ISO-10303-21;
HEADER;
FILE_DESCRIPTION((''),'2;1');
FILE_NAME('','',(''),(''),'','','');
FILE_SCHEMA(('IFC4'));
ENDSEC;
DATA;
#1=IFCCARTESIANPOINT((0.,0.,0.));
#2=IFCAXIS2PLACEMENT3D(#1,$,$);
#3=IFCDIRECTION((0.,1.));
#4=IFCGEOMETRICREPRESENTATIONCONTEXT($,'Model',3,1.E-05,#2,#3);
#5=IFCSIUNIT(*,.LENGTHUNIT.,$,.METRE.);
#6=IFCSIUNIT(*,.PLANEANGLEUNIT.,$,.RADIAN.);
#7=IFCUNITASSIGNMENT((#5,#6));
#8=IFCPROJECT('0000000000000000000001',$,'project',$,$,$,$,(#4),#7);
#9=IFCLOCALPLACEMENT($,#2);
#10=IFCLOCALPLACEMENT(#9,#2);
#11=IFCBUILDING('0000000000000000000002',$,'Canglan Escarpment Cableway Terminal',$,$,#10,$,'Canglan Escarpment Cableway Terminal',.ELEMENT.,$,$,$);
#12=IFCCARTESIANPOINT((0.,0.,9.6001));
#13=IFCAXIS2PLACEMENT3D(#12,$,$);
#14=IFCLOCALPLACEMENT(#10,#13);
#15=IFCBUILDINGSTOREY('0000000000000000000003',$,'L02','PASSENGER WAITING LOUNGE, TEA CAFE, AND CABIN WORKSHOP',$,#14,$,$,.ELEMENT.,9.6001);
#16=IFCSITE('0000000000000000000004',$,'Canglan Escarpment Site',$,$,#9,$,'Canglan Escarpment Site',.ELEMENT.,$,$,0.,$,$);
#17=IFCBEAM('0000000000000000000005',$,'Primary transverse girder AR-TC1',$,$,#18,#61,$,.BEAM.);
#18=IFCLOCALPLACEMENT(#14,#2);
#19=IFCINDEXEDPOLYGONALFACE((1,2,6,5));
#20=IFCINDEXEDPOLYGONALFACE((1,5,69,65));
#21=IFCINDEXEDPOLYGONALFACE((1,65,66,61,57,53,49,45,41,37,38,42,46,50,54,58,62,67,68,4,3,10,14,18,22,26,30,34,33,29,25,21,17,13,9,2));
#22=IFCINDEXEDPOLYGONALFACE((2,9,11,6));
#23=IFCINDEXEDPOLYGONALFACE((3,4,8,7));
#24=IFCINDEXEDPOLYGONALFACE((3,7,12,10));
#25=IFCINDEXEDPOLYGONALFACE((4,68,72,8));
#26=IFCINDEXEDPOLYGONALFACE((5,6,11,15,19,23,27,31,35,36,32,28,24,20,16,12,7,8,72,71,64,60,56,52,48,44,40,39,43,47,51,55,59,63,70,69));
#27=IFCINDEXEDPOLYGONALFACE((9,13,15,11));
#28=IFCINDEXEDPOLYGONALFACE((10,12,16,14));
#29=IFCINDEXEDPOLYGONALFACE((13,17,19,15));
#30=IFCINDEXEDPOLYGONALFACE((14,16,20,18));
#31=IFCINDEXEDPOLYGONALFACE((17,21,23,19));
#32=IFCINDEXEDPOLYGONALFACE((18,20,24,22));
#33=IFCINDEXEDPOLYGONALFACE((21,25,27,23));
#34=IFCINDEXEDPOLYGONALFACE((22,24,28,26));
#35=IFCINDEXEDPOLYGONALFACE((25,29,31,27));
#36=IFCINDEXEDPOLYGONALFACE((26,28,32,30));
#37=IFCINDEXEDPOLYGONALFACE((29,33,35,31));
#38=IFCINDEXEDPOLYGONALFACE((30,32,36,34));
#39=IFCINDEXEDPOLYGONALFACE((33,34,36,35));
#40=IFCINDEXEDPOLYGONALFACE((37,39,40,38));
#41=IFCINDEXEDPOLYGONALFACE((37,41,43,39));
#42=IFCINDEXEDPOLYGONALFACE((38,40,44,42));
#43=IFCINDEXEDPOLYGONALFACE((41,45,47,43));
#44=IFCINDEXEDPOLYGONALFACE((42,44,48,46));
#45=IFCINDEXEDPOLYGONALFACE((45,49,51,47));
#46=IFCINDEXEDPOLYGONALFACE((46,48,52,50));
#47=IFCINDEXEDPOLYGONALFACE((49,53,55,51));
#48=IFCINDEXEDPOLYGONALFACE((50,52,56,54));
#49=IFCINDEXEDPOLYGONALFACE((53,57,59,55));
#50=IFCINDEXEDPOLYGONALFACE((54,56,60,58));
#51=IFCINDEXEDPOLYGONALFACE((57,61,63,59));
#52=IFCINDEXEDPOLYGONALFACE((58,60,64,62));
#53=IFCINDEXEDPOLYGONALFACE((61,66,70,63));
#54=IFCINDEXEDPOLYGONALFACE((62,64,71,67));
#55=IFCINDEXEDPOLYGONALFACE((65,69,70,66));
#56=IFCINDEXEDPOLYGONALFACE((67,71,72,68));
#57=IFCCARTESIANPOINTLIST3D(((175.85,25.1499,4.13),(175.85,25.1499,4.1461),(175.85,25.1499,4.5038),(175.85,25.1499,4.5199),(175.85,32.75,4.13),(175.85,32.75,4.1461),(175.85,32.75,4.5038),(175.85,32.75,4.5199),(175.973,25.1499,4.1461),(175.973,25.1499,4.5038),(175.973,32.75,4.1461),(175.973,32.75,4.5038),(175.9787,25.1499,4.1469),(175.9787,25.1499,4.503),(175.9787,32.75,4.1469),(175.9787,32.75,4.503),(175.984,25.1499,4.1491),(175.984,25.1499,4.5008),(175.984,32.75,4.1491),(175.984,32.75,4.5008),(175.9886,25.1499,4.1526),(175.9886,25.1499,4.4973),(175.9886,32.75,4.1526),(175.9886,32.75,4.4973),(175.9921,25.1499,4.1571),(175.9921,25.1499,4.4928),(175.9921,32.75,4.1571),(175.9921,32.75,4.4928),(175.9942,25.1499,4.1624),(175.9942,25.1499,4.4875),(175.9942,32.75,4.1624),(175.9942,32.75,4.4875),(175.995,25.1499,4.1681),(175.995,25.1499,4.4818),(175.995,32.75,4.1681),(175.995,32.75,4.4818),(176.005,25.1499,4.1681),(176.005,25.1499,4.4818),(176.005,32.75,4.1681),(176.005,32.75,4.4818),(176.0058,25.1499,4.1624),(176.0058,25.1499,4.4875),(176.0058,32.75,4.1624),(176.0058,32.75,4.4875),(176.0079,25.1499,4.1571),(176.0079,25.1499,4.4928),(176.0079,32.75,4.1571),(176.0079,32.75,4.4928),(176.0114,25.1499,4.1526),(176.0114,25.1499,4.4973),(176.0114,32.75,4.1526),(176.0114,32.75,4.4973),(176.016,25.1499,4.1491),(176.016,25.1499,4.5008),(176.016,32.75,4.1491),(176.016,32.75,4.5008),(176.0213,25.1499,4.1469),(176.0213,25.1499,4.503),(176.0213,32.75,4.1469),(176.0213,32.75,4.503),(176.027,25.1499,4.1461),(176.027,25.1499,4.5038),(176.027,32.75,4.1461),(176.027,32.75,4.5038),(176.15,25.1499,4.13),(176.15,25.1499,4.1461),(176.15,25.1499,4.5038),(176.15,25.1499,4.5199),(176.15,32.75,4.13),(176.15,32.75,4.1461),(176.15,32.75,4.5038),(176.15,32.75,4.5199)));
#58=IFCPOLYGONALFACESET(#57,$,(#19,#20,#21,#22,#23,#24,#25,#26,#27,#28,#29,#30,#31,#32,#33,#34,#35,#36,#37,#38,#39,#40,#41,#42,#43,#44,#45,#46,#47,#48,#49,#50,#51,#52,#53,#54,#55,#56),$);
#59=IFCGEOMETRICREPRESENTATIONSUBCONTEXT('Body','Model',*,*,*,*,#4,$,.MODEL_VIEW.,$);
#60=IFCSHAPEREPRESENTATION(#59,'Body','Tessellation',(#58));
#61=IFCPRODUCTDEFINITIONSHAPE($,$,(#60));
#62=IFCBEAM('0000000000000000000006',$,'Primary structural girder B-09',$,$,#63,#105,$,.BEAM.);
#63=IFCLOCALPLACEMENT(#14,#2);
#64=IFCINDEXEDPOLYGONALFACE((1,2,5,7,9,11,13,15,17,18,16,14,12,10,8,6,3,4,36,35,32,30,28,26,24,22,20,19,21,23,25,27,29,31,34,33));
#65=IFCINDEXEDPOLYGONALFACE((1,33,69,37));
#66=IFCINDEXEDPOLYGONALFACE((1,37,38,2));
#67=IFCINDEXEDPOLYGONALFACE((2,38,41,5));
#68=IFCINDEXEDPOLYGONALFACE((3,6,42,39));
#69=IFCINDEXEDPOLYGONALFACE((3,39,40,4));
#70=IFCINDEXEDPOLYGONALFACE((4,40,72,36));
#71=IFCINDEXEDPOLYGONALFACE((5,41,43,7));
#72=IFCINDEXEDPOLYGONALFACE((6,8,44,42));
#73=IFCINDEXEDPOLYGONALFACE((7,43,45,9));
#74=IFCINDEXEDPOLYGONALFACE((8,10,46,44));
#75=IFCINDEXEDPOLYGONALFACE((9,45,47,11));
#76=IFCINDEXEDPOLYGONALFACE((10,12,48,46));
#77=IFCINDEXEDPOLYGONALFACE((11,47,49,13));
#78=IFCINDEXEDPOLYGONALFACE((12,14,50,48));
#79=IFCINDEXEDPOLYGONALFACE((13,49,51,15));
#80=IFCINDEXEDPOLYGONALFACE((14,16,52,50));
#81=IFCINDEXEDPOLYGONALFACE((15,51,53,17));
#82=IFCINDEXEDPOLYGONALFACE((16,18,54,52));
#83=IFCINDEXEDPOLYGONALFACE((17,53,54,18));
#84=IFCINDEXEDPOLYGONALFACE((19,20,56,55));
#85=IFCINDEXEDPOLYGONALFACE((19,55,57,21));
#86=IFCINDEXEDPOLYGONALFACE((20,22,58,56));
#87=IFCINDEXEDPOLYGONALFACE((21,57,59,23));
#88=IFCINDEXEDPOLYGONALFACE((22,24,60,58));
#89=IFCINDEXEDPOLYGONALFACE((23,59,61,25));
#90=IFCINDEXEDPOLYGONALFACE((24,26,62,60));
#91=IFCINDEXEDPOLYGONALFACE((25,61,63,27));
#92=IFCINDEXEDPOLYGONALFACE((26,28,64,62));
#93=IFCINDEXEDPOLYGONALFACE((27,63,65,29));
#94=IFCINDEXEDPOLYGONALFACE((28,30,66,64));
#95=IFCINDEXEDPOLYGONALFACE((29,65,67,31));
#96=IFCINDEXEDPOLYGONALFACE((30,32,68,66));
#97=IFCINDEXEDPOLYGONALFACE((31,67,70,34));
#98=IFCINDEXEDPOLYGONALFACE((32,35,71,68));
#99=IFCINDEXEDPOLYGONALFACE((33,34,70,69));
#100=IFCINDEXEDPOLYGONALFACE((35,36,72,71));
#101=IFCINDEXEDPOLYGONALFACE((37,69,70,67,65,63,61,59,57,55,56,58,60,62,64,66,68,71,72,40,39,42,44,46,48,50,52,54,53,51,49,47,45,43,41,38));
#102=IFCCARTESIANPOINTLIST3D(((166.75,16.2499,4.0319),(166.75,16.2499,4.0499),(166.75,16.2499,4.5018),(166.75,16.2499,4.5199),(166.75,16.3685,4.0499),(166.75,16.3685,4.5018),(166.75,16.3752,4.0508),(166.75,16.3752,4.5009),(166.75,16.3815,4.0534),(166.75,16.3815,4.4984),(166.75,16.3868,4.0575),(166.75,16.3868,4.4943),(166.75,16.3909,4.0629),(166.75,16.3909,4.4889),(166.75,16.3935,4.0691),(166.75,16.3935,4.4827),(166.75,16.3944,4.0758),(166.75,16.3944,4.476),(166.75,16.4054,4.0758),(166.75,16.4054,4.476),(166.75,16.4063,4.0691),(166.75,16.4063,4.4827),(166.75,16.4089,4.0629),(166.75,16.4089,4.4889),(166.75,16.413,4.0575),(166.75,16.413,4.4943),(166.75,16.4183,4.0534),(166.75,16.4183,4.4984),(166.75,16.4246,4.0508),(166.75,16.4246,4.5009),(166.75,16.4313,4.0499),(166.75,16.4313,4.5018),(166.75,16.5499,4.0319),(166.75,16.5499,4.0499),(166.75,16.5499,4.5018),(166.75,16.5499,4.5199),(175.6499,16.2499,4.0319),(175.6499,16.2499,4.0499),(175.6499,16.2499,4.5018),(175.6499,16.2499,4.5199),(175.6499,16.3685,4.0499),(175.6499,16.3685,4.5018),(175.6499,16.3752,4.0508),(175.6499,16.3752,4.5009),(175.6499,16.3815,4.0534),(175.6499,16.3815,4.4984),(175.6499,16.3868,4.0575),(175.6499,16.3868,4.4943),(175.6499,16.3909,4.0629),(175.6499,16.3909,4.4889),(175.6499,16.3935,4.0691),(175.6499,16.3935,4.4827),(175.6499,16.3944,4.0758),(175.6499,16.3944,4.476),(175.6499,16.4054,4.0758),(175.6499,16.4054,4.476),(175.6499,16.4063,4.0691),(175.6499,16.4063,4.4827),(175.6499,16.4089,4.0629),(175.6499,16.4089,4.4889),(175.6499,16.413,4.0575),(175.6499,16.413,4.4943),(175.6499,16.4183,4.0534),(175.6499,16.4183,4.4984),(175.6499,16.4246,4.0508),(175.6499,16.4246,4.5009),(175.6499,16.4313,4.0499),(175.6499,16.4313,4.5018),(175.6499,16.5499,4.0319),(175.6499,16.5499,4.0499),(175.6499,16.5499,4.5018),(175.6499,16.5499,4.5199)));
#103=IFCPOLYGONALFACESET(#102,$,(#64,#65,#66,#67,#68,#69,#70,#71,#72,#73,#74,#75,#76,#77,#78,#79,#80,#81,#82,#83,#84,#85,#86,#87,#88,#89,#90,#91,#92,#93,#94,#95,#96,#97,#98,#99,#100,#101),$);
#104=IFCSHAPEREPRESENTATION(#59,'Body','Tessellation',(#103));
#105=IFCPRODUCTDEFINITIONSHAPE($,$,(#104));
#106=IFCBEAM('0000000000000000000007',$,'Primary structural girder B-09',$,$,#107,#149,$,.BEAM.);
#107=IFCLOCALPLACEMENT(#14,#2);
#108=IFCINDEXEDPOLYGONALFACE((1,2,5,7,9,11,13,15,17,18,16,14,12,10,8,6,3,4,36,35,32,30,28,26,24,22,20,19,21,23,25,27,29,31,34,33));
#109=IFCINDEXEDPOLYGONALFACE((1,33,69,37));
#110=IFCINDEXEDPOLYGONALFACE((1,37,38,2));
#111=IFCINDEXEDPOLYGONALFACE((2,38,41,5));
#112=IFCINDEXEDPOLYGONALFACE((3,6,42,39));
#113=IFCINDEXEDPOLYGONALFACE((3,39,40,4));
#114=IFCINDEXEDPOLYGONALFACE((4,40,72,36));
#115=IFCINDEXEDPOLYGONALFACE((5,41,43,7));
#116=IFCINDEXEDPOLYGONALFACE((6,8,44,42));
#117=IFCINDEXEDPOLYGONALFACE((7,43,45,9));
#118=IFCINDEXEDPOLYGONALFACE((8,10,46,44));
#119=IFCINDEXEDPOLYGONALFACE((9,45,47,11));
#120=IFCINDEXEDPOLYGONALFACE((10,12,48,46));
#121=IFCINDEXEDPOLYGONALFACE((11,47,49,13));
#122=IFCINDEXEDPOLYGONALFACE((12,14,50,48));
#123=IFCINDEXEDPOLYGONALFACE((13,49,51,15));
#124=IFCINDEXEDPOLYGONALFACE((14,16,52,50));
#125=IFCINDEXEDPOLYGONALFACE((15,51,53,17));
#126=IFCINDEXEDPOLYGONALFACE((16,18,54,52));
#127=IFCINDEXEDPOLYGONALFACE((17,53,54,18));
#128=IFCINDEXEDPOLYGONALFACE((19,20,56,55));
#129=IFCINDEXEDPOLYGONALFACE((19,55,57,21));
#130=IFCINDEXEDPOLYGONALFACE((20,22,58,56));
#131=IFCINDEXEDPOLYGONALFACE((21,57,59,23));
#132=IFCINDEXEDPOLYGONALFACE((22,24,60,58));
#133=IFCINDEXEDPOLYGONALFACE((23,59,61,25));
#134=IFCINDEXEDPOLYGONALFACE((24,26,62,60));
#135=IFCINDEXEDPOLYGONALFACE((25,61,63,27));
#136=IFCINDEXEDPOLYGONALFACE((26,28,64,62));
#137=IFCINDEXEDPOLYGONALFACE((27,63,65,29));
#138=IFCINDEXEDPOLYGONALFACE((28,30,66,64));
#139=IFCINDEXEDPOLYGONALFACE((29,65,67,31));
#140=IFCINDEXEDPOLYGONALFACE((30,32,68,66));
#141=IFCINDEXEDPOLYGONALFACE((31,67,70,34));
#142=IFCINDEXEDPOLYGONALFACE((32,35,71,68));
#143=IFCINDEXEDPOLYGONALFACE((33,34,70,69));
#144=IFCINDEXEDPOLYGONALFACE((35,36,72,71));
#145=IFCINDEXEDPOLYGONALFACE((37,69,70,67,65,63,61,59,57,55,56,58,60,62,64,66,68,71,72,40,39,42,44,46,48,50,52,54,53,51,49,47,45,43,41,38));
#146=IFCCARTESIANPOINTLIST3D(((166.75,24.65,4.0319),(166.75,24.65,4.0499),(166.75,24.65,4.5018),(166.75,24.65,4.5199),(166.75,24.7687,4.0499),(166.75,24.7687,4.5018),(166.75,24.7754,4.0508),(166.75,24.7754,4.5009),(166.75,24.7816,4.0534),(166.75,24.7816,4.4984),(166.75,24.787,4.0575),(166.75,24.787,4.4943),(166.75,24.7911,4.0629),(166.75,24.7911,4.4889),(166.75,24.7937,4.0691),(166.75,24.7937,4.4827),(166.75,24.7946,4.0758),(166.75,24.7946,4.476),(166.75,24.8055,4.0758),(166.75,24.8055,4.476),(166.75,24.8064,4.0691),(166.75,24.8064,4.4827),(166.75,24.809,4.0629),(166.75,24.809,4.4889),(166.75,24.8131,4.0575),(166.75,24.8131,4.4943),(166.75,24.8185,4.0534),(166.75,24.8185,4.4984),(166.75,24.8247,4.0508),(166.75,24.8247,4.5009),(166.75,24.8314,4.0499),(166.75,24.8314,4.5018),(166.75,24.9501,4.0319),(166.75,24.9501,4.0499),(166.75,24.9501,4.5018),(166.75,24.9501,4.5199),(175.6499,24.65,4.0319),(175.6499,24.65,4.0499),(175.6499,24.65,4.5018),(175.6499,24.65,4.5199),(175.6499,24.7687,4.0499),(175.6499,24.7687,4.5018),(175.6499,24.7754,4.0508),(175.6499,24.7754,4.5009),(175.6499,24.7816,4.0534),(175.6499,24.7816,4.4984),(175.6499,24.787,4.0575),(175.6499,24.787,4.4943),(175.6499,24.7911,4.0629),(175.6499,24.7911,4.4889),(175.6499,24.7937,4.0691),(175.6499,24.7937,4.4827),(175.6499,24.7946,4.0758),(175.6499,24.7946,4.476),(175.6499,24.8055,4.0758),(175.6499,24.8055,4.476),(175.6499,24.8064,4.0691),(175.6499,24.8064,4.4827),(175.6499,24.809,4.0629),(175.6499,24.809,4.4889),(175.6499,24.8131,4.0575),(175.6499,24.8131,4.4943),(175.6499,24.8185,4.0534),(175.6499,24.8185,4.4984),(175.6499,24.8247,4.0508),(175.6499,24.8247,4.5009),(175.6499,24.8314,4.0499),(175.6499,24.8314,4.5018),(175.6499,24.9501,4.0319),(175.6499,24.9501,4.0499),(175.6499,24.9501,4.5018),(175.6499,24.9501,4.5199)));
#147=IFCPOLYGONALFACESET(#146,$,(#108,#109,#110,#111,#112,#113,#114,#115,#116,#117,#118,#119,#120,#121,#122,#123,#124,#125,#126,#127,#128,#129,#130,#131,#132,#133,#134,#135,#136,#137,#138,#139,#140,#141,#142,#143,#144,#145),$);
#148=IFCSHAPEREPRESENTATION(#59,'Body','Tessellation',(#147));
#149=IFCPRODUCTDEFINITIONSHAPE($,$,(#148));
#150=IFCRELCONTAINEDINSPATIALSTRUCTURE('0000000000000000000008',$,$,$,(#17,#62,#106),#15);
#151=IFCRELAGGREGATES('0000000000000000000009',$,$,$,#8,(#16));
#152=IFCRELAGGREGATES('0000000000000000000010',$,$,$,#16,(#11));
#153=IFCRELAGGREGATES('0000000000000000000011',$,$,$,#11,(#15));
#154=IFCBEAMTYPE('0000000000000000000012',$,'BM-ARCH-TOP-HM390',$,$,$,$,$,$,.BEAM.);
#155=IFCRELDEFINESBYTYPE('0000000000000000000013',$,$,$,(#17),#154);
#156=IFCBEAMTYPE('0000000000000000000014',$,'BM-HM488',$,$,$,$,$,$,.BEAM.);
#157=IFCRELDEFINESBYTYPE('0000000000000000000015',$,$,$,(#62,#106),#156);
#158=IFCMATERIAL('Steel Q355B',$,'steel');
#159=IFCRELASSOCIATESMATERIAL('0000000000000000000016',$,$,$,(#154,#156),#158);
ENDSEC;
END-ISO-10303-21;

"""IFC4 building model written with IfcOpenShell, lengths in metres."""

from ifc_helpers import new_model, si_unit, direction, frame, origin, origin_2d, place, context, subcontext, project, spatial, i_section, extrude, material, material_profile, profile_set, type_object, element, save


model = new_model("IFC4")

# Units and contexts
model_context = context("Model", 3, precision=1e-05, world=origin(), true_north=direction((0.0, 1.0)))
body_context = subcontext(model_context, "Body", "Model", "MODEL_VIEW")
ifc_project = project(units=[si_unit("LENGTHUNIT", "METRE"), si_unit("PLANEANGLEUNIT", "RADIAN")], contexts=[model_context])

# Site, building, storey
site_placement = place(None, origin())
site = spatial("IfcSite", under=ifc_project, at=site_placement, Name="Canglan Escarpment Site", LongName="Canglan Escarpment Site", CompositionType="ELEMENT", RefElevation=0.0)
building_placement = place(site_placement, origin())
building = spatial("IfcBuilding", under=site, at=building_placement, Name="Canglan Escarpment Cableway Terminal", LongName="Canglan Escarpment Cableway Terminal", CompositionType="ELEMENT")
storey_placement = place(building_placement, frame((0.0, 0.0, 9.6001)))
storey = spatial("IfcBuildingStorey", under=building, at=storey_placement, Name="L02", Description="PASSENGER WAITING LOUNGE, TEA CAFE, AND CABIN WORKSHOP", CompositionType="ELEMENT", Elevation=9.6001)

# Beams
ifc_material_1 = material(Name="Steel Q355B", Category="steel")
ifc_material_profile_1 = material_profile(ifc_material_1, i_section(OverallWidth=0.3, OverallDepth=0.3899, WebThickness=0.01, FlangeThickness=0.0161, FilletRadius=0.022, at=origin_2d()), Name="HM 390x300x10x16")
ifc_profile_set_1 = profile_set([ifc_material_profile_1], Name="Steel Q355B")
beam_type_1 = type_object("IfcBeamType", Name="BM-ARCH-TOP-HM390", PredefinedType="BEAM", material=ifc_profile_set_1)
beam_1_placement = place(storey_placement, frame((176.0, 25.1499, 4.325), z_axis=(0.0, 1.0, 0.0), x_axis=(-1.0, 0.0, 0.0)))
element("IfcBeam", 1, at=beam_1_placement, inside=storey, type_object=beam_type_1, Name="Primary transverse girder AR-TC1", PredefinedType="BEAM", context=body_context, shape_type="SweptSolid", body=[
    extrude(i_section(OverallWidth=0.3, OverallDepth=0.3899, WebThickness=0.01, FlangeThickness=0.0161, FilletRadius=0.022, at=origin_2d()), origin(), (0.0, 0.0, 1.0), 7.6001),
])
ifc_material_profile_2 = material_profile(ifc_material_1, i_section(OverallWidth=0.3, OverallDepth=0.488, WebThickness=0.011, FlangeThickness=0.0181, FilletRadius=0.0259, at=origin_2d()), Name="HM 488x300x11x18")
ifc_profile_set_2 = profile_set([ifc_material_profile_2], Name="Steel Q355B")
beam_type_2 = type_object("IfcBeamType", Name="BM-HM488", PredefinedType="BEAM", material=ifc_profile_set_2)
for number, where, z_axis, x_axis, name in (
    (2, (166.75, 16.3999, 4.2759), (1.0, 0.0, 0.0), (0.0, 1.0, 0.0), "Primary structural girder B-09"),
    (3, (166.75, 24.8, 4.2759), (1.0, 0.0, 0.0), (0.0, 1.0, 0.0), "Primary structural girder B-09"),
):
    element("IfcBeam", number, at=place(storey_placement, frame(where, z_axis=z_axis, x_axis=x_axis)), inside=storey, type_object=beam_type_2, Name=name, PredefinedType="BEAM", context=body_context, shape_type="SweptSolid", body=[
        extrude(i_section(OverallWidth=0.3, OverallDepth=0.488, WebThickness=0.011, FlangeThickness=0.0181, FilletRadius=0.0259, at=origin_2d()), origin(), (0.0, 0.0, 1.0), 8.8999),
    ])

save(model, "model.ifc")
